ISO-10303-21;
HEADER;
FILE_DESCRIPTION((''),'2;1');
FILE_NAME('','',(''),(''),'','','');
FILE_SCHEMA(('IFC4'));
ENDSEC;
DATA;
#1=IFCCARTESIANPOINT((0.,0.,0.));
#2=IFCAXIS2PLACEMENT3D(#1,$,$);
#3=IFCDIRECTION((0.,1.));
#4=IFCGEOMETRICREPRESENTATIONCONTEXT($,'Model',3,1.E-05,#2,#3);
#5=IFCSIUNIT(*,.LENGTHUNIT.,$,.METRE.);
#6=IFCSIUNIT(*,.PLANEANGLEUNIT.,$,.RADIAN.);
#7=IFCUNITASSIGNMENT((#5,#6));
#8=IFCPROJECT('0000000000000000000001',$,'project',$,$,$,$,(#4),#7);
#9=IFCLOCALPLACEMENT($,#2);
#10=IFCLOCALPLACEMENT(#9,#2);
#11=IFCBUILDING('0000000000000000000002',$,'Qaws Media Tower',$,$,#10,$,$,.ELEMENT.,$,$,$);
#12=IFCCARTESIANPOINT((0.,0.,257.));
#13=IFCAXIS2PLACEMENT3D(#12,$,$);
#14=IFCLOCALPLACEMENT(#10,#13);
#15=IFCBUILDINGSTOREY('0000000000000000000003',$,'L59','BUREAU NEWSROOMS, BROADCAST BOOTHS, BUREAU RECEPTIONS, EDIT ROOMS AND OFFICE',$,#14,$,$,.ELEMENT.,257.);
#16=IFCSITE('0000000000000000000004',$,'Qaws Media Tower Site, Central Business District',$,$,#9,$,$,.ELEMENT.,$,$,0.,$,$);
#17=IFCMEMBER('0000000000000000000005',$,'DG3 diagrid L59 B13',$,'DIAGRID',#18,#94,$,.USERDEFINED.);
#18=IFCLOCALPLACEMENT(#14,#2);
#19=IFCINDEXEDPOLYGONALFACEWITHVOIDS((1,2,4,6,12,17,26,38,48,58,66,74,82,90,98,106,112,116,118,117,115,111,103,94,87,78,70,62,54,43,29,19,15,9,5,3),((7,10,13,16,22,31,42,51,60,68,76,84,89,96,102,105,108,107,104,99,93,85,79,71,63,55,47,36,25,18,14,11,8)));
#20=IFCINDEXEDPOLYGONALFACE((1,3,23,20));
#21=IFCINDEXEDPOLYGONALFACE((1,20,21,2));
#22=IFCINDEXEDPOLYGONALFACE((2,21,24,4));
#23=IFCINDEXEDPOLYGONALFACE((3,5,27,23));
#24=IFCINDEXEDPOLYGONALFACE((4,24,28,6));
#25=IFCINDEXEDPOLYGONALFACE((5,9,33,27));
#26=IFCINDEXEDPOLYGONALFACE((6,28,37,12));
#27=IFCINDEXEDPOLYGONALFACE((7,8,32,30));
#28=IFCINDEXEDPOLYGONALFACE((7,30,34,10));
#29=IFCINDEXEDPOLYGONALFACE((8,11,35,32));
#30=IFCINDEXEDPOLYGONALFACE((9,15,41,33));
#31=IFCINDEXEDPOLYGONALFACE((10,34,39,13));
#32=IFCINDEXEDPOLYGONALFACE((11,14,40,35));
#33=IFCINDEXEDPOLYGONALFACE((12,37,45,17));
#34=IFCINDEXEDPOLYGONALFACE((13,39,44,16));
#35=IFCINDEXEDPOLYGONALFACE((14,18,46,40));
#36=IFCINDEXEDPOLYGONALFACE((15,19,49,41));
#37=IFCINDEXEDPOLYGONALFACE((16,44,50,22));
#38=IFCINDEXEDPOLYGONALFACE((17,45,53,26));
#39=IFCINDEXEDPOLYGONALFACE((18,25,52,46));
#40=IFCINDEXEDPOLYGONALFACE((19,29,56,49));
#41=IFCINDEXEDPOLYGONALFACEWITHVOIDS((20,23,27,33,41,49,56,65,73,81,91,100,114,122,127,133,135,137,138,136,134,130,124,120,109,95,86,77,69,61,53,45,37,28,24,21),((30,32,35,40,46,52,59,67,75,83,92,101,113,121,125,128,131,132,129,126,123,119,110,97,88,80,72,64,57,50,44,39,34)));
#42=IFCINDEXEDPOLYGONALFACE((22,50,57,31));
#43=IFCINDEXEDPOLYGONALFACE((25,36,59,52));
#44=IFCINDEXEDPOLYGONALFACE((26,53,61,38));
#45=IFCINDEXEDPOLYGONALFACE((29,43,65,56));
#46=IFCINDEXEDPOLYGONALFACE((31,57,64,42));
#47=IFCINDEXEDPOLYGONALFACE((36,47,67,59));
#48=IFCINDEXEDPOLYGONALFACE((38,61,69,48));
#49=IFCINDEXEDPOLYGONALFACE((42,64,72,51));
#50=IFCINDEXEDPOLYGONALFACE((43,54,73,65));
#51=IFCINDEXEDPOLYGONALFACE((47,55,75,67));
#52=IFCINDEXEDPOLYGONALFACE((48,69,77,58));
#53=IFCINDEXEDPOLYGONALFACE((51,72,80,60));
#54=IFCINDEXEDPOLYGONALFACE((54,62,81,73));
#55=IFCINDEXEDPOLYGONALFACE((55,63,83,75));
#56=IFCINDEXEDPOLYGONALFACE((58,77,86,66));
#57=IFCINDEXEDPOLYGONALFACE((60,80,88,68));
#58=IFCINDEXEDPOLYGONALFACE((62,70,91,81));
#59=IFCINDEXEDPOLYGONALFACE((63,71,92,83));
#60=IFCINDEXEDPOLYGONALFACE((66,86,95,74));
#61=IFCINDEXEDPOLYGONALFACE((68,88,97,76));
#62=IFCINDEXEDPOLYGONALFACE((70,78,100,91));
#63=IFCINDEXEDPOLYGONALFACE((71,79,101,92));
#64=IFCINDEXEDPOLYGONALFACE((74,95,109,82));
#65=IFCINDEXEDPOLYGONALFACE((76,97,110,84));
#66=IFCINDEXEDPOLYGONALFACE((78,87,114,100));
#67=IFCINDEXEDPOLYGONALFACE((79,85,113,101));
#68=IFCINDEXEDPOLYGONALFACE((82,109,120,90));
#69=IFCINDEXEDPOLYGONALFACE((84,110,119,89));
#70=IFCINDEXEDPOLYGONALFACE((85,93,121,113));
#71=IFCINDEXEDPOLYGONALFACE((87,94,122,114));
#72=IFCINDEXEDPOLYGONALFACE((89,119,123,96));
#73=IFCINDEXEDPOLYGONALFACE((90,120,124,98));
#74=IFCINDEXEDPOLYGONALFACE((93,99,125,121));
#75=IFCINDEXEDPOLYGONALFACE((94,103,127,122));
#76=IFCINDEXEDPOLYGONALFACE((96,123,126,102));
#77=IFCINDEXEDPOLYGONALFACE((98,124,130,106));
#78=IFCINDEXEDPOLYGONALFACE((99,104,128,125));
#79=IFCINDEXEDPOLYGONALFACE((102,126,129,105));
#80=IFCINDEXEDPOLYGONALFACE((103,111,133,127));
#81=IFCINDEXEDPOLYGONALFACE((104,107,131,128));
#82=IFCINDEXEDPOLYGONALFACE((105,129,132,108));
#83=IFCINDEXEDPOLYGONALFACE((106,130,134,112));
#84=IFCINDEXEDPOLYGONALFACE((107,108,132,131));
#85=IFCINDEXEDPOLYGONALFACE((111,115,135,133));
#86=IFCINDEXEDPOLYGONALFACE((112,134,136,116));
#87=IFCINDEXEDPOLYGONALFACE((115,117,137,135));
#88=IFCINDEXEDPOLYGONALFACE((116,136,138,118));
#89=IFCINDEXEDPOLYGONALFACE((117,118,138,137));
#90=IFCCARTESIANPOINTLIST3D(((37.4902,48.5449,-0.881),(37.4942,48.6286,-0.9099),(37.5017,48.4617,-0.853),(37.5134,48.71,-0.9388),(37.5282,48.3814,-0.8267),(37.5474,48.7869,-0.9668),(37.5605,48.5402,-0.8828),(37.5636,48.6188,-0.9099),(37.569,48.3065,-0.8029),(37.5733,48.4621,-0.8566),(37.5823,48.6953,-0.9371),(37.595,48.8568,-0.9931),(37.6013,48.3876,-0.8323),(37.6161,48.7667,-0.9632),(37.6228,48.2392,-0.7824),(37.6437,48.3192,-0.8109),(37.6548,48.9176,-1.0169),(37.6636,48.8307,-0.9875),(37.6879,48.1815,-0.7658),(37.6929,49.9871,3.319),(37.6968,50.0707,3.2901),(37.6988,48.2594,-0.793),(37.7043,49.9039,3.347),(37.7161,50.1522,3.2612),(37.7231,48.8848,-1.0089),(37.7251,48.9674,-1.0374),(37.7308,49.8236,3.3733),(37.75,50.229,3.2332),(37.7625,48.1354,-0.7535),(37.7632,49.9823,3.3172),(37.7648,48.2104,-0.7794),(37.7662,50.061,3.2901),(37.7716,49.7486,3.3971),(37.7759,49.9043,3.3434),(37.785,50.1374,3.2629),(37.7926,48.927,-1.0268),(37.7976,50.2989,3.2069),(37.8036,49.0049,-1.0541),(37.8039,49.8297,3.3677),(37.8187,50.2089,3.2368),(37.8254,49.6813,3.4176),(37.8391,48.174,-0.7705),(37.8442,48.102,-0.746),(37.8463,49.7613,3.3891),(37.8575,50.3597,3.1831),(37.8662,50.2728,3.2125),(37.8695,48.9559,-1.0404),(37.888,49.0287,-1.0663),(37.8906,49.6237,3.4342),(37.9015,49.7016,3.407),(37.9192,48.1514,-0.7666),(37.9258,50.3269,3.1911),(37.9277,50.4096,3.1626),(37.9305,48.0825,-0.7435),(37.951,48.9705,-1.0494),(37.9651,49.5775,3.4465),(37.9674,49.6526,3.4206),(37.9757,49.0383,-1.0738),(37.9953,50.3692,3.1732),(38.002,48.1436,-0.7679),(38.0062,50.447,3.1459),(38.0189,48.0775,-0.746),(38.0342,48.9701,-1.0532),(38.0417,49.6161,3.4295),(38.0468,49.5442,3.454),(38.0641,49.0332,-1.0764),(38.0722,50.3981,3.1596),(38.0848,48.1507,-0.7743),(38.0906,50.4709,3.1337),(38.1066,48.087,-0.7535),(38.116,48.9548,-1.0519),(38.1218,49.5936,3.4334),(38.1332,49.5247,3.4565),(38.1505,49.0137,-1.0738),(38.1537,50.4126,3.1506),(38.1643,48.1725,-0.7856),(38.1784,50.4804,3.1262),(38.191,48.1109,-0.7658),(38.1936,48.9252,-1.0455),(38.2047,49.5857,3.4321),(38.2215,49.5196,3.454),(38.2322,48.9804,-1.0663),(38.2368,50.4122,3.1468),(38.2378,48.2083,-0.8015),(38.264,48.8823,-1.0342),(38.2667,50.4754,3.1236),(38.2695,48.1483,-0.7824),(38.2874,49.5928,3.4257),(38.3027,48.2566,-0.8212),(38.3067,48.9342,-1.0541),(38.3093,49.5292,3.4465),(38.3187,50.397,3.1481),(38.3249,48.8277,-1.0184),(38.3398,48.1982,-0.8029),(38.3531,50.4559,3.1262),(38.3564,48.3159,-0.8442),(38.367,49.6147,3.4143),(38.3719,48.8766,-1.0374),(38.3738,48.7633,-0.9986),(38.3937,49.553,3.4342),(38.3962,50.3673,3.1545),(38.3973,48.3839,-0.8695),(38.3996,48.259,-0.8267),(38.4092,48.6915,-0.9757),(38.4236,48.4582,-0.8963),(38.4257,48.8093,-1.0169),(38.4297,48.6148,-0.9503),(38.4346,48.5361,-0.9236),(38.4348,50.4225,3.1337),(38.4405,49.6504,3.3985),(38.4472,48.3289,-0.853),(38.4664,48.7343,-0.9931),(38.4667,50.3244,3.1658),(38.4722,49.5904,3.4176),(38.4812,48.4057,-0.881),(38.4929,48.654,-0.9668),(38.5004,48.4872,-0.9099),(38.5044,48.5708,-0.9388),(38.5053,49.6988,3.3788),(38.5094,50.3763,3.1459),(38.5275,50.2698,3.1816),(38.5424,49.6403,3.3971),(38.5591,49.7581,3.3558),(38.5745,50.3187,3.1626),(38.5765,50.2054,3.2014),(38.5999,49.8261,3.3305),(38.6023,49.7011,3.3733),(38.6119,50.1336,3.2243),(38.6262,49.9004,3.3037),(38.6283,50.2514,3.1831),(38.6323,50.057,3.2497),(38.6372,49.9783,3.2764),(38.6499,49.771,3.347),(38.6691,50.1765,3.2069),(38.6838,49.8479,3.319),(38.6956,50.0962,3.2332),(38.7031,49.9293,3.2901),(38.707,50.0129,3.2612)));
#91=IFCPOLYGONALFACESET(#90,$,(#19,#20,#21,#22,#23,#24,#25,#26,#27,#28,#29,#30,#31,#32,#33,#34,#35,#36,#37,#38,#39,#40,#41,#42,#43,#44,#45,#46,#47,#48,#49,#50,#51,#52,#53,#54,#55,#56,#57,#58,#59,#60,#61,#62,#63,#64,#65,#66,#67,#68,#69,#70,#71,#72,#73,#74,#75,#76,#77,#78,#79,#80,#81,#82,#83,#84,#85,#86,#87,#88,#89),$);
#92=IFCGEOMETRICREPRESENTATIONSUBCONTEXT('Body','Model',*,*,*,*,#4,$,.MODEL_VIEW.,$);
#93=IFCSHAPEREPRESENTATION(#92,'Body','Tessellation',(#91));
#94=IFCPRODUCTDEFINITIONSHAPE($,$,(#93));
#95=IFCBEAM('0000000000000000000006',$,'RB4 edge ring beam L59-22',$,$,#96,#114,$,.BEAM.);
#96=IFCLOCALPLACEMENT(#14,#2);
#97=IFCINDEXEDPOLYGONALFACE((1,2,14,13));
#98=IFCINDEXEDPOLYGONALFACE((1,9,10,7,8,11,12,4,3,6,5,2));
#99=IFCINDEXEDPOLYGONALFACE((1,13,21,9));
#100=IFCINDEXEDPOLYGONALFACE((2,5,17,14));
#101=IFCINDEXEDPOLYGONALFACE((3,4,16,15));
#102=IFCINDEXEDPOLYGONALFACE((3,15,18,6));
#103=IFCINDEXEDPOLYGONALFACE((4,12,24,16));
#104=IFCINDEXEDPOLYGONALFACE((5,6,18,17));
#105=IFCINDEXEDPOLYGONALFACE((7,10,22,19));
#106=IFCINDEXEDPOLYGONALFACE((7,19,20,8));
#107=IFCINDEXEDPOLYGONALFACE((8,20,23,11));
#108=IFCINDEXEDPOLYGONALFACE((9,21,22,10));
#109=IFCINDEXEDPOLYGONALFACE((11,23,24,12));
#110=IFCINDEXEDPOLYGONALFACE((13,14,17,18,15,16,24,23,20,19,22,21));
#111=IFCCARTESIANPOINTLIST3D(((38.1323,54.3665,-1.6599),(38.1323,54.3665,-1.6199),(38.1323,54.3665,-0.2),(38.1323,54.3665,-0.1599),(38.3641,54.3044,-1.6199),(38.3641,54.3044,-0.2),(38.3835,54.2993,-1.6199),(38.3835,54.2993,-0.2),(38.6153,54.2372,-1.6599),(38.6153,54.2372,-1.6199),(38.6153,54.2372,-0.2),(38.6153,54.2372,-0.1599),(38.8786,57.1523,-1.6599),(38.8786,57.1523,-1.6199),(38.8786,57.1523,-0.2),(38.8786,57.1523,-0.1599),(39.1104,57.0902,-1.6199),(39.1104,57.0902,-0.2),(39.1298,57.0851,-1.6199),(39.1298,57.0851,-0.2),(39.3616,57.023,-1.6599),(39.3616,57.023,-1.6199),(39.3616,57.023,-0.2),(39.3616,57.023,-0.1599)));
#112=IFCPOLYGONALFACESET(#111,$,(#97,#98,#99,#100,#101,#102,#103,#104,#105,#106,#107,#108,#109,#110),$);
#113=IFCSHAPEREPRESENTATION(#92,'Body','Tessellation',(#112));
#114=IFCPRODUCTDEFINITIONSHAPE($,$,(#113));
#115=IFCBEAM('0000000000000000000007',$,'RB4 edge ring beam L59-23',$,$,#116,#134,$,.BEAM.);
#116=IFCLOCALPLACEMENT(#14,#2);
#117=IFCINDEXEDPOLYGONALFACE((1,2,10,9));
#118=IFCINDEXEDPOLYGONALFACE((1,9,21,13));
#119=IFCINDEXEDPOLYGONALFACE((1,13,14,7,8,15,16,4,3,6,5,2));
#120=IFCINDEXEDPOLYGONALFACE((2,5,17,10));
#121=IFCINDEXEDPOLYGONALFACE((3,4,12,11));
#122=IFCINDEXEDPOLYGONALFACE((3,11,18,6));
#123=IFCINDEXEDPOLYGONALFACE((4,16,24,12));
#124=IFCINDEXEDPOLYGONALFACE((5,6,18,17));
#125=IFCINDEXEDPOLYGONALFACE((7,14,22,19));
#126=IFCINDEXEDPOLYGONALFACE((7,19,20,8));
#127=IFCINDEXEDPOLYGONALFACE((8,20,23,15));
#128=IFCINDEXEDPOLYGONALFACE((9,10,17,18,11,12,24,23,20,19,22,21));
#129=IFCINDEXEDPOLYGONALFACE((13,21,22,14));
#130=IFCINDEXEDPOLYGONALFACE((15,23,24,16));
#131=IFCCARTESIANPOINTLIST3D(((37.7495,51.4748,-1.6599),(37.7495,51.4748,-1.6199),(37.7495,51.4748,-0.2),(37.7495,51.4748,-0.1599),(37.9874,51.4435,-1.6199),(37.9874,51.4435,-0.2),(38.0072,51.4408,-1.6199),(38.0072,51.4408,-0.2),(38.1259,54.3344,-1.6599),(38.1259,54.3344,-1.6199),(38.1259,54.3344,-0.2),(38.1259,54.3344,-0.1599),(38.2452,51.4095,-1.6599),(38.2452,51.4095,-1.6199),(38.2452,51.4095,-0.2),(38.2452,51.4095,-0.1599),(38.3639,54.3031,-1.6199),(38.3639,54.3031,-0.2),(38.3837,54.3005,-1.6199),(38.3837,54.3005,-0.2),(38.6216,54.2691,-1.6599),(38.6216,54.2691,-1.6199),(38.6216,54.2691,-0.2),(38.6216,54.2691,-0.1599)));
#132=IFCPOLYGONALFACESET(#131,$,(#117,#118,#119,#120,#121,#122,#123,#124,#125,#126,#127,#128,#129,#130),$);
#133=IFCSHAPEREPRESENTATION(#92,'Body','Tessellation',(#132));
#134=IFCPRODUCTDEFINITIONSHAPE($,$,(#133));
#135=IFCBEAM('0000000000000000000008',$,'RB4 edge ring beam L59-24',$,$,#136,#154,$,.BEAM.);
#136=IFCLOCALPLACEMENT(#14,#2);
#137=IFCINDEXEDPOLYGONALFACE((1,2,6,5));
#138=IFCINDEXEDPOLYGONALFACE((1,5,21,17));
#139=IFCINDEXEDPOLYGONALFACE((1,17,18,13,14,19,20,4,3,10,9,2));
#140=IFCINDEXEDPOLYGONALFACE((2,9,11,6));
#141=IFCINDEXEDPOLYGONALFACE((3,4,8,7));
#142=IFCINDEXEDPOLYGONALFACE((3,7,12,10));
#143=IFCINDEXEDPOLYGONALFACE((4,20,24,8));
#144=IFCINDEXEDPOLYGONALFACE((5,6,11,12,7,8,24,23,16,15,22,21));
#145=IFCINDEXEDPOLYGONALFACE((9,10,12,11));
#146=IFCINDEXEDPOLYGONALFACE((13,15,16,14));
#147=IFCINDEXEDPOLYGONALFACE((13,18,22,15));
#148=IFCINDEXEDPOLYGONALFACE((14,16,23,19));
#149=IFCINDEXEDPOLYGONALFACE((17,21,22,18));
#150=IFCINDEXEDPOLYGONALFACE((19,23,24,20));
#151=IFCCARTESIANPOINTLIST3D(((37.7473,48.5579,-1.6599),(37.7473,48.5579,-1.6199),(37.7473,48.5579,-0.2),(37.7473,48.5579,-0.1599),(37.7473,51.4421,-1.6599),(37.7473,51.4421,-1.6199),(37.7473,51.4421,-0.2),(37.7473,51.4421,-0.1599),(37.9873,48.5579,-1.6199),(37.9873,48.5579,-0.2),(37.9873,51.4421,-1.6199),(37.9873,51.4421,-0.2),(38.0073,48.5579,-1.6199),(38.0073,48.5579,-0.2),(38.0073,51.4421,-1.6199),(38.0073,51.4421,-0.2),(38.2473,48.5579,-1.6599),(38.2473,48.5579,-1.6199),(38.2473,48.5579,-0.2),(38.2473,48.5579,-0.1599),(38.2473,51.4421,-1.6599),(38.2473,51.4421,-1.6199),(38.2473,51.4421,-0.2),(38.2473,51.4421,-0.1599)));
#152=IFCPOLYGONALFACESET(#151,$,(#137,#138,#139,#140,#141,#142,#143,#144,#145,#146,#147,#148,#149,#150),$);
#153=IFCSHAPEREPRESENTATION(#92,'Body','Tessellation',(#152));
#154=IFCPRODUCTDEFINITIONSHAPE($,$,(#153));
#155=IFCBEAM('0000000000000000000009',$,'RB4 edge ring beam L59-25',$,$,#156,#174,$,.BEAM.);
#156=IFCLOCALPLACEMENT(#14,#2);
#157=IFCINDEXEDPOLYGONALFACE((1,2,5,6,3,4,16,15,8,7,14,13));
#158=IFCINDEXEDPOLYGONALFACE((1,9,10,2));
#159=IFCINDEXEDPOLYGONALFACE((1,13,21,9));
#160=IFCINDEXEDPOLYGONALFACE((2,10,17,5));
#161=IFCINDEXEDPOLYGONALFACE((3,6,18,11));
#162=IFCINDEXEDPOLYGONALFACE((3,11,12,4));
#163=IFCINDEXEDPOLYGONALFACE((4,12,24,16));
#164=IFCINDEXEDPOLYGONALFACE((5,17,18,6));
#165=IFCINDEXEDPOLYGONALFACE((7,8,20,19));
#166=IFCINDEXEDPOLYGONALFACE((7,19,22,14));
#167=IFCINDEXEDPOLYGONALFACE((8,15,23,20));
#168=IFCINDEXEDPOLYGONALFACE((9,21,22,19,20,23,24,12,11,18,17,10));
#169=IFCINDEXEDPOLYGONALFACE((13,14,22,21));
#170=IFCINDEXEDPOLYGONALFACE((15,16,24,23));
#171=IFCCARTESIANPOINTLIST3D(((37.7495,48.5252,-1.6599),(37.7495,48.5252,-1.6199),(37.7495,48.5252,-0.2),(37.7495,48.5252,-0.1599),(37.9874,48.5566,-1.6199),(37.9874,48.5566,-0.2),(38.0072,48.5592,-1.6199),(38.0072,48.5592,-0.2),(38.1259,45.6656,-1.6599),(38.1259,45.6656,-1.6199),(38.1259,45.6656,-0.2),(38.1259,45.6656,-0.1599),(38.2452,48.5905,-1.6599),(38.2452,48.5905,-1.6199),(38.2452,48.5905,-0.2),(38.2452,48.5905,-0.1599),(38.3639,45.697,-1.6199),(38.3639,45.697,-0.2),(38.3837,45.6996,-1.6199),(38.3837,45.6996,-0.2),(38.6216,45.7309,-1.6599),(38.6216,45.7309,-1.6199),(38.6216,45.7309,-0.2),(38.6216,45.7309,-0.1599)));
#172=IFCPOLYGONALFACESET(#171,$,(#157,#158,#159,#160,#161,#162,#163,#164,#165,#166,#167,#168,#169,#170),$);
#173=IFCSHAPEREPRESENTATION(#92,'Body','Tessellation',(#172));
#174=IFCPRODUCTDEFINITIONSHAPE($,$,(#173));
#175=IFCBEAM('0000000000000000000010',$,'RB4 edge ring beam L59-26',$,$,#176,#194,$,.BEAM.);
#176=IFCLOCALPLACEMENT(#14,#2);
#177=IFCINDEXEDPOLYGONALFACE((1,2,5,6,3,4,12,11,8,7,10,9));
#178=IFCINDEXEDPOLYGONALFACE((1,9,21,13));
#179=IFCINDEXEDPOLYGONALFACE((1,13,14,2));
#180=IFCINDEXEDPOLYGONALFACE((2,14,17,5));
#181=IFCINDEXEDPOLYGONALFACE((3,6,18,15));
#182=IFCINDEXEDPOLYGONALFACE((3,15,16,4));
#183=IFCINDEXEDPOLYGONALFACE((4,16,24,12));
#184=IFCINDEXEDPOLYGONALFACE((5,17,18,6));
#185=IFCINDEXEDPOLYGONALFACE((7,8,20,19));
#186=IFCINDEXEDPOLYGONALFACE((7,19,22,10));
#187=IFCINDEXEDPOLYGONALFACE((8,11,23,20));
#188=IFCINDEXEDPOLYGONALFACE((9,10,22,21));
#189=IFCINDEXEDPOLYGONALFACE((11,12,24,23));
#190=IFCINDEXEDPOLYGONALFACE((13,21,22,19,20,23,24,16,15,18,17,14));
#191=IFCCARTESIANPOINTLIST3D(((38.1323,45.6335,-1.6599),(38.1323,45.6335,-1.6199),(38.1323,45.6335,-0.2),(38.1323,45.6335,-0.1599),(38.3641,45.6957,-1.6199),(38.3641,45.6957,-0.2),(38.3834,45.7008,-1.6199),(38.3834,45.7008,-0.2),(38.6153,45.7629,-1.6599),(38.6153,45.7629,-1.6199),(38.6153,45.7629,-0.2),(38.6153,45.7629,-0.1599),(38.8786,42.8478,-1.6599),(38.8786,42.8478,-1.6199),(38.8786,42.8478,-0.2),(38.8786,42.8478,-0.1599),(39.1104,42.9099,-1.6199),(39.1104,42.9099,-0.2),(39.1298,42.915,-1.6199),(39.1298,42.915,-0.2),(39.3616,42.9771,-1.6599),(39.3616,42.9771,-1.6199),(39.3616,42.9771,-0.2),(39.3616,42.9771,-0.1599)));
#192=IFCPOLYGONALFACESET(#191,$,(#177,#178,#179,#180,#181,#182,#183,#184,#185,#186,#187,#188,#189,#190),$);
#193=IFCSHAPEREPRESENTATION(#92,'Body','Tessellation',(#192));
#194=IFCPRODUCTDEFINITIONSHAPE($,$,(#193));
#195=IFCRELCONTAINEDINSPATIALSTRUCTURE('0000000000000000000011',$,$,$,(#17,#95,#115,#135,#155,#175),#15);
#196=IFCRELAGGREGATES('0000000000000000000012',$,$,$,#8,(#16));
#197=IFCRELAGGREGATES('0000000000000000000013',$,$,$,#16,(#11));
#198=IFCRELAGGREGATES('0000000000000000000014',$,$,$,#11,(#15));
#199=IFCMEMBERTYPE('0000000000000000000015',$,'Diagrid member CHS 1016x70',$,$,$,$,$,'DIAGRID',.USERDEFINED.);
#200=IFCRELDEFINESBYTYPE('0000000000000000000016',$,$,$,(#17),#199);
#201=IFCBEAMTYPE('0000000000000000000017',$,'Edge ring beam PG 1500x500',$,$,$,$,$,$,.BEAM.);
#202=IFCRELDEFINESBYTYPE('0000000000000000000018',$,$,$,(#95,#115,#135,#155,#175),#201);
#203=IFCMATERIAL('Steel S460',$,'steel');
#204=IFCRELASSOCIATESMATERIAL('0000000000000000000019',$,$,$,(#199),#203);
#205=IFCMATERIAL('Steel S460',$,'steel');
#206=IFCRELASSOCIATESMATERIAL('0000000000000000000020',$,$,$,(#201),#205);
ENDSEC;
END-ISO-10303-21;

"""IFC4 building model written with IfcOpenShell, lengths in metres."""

from ifc_helpers import new_model, si_unit, direction, frame, origin, origin_2d, place, context, subcontext, project, spatial, hollow_circle, i_section, extrude, material, material_profile, profile_set, type_object, element, save


model = new_model("IFC4")

# Units and contexts
model_context = context("Model", 3, precision=1e-05, world=origin(), true_north=direction((0.0, 1.0)))
body_context = subcontext(model_context, "Body", "Model", "MODEL_VIEW")
ifc_project = project(units=[si_unit("LENGTHUNIT", "METRE"), si_unit("PLANEANGLEUNIT", "RADIAN")], contexts=[model_context])

# Site, building, storey
site_placement = place(None, origin())
site = spatial("IfcSite", under=ifc_project, at=site_placement, Name="Qaws Media Tower Site, Central Business District", CompositionType="ELEMENT", RefElevation=0.0)
building_placement = place(site_placement, origin())
building = spatial("IfcBuilding", under=site, at=building_placement, Name="Qaws Media Tower", CompositionType="ELEMENT")
storey_placement = place(building_placement, frame((0.0, 0.0, 257.0)))
storey = spatial("IfcBuildingStorey", under=building, at=storey_placement, Name="L59", Description="BUREAU NEWSROOMS, BROADCAST BOOTHS, BUREAU RECEPTIONS, EDIT ROOMS AND OFFICE", CompositionType="ELEMENT", Elevation=257.0)

# Member
ifc_material_1 = material(Name="Steel S460", Category="steel")
ifc_material_profile_1 = material_profile(ifc_material_1, hollow_circle(Radius=0.5081, WallThickness=0.0701, at=origin_2d()), Name="CHS 1016x70")
ifc_profile_set_1 = profile_set([ifc_material_profile_1], Name="Steel S460")
member_type_1 = type_object("IfcMemberType", Name="Diagrid member CHS 1016x70", ElementType="DIAGRID", PredefinedType="USERDEFINED", material=ifc_profile_set_1)
for number, where, z_axis, x_axis, name in (
    (1, (37.9973, 48.5579, -0.9099), (0.045585, 0.324421, 0.944814), (-0.990272, 0.139144, 0.0), "DG3 diagrid L59 B13"),
):
    element("IfcMember", number, at=place(storey_placement, frame(where, z_axis=z_axis, x_axis=x_axis)), inside=storey, type_object=member_type_1, Name=name, ObjectType="DIAGRID", PredefinedType="USERDEFINED", context=body_context, shape_type="SweptSolid", body=[
        extrude(hollow_circle(Radius=0.5081, WallThickness=0.0701, at=origin_2d()), origin(), (0.0, 0.0, 1.0), 4.4453),
    ])

# Beams
ifc_material_2 = material(Name="Steel S460", Category="steel")
ifc_material_profile_2 = material_profile(ifc_material_2, i_section(OverallWidth=0.5, OverallDepth=1.5, WebThickness=0.02, FlangeThickness=0.04, at=origin_2d()), Name="PG 1500x500")
ifc_profile_set_2 = profile_set([ifc_material_profile_2], Name="Steel S460")
beam_type = type_object("IfcBeamType", Name="Edge ring beam PG 1500x500", PredefinedType="BEAM", material=ifc_profile_set_2)
beam_1_placement = place(storey_placement, frame((39.1201, 57.0876, -0.9099), z_axis=(-0.258774, -0.965938, 0.0), x_axis=(0.965938, -0.258774, 0.0)))
element("IfcBeam", 2, at=beam_1_placement, inside=storey, type_object=beam_type, Name="RB4 edge ring beam L59-22", PredefinedType="BEAM", context=body_context, shape_type="SweptSolid", body=[
    extrude(i_section(OverallWidth=0.5, OverallDepth=1.5, WebThickness=0.02, FlangeThickness=0.04, at=origin_2d()), origin(), (0.0, 0.0, 1.0), 2.884),
])
for number, where, z_axis, x_axis, name in (
    (3, (38.3738, 54.3018, -0.9099), (-0.130522, -0.991445, 0.0), (0.991445, -0.130522, 0.0), "RB4 edge ring beam L59-23"),
    (4, (37.9973, 51.4421, -0.9099), (0.0, -1.0, 0.0), (1.0, 0.0, 0.0), "RB4 edge ring beam L59-24"),
    (5, (37.9973, 48.5579, -0.9099), (0.130522, -0.991445, 0.0), (0.991445, 0.130522, 0.0), "RB4 edge ring beam L59-25"),
):
    element("IfcBeam", number, at=place(storey_placement, frame(where, z_axis=z_axis, x_axis=x_axis)), inside=storey, type_object=beam_type, Name=name, PredefinedType="BEAM", context=body_context, shape_type="SweptSolid", body=[
        extrude(i_section(OverallWidth=0.5, OverallDepth=1.5, WebThickness=0.02, FlangeThickness=0.04, at=origin_2d()), origin(), (0.0, 0.0, 1.0), 2.8843),
    ])
beam_2_placement = place(storey_placement, frame((38.3738, 45.6982, -0.9099), z_axis=(0.258774, -0.965938, 0.0), x_axis=(0.965938, 0.258774, 0.0)))
element("IfcBeam", 6, at=beam_2_placement, inside=storey, type_object=beam_type, Name="RB4 edge ring beam L59-26", PredefinedType="BEAM", context=body_context, shape_type="SweptSolid", body=[
    extrude(i_section(OverallWidth=0.5, OverallDepth=1.5, WebThickness=0.02, FlangeThickness=0.04, at=origin_2d()), origin(), (0.0, 0.0, 1.0), 2.884),
])

save(model, "model.ifc")
